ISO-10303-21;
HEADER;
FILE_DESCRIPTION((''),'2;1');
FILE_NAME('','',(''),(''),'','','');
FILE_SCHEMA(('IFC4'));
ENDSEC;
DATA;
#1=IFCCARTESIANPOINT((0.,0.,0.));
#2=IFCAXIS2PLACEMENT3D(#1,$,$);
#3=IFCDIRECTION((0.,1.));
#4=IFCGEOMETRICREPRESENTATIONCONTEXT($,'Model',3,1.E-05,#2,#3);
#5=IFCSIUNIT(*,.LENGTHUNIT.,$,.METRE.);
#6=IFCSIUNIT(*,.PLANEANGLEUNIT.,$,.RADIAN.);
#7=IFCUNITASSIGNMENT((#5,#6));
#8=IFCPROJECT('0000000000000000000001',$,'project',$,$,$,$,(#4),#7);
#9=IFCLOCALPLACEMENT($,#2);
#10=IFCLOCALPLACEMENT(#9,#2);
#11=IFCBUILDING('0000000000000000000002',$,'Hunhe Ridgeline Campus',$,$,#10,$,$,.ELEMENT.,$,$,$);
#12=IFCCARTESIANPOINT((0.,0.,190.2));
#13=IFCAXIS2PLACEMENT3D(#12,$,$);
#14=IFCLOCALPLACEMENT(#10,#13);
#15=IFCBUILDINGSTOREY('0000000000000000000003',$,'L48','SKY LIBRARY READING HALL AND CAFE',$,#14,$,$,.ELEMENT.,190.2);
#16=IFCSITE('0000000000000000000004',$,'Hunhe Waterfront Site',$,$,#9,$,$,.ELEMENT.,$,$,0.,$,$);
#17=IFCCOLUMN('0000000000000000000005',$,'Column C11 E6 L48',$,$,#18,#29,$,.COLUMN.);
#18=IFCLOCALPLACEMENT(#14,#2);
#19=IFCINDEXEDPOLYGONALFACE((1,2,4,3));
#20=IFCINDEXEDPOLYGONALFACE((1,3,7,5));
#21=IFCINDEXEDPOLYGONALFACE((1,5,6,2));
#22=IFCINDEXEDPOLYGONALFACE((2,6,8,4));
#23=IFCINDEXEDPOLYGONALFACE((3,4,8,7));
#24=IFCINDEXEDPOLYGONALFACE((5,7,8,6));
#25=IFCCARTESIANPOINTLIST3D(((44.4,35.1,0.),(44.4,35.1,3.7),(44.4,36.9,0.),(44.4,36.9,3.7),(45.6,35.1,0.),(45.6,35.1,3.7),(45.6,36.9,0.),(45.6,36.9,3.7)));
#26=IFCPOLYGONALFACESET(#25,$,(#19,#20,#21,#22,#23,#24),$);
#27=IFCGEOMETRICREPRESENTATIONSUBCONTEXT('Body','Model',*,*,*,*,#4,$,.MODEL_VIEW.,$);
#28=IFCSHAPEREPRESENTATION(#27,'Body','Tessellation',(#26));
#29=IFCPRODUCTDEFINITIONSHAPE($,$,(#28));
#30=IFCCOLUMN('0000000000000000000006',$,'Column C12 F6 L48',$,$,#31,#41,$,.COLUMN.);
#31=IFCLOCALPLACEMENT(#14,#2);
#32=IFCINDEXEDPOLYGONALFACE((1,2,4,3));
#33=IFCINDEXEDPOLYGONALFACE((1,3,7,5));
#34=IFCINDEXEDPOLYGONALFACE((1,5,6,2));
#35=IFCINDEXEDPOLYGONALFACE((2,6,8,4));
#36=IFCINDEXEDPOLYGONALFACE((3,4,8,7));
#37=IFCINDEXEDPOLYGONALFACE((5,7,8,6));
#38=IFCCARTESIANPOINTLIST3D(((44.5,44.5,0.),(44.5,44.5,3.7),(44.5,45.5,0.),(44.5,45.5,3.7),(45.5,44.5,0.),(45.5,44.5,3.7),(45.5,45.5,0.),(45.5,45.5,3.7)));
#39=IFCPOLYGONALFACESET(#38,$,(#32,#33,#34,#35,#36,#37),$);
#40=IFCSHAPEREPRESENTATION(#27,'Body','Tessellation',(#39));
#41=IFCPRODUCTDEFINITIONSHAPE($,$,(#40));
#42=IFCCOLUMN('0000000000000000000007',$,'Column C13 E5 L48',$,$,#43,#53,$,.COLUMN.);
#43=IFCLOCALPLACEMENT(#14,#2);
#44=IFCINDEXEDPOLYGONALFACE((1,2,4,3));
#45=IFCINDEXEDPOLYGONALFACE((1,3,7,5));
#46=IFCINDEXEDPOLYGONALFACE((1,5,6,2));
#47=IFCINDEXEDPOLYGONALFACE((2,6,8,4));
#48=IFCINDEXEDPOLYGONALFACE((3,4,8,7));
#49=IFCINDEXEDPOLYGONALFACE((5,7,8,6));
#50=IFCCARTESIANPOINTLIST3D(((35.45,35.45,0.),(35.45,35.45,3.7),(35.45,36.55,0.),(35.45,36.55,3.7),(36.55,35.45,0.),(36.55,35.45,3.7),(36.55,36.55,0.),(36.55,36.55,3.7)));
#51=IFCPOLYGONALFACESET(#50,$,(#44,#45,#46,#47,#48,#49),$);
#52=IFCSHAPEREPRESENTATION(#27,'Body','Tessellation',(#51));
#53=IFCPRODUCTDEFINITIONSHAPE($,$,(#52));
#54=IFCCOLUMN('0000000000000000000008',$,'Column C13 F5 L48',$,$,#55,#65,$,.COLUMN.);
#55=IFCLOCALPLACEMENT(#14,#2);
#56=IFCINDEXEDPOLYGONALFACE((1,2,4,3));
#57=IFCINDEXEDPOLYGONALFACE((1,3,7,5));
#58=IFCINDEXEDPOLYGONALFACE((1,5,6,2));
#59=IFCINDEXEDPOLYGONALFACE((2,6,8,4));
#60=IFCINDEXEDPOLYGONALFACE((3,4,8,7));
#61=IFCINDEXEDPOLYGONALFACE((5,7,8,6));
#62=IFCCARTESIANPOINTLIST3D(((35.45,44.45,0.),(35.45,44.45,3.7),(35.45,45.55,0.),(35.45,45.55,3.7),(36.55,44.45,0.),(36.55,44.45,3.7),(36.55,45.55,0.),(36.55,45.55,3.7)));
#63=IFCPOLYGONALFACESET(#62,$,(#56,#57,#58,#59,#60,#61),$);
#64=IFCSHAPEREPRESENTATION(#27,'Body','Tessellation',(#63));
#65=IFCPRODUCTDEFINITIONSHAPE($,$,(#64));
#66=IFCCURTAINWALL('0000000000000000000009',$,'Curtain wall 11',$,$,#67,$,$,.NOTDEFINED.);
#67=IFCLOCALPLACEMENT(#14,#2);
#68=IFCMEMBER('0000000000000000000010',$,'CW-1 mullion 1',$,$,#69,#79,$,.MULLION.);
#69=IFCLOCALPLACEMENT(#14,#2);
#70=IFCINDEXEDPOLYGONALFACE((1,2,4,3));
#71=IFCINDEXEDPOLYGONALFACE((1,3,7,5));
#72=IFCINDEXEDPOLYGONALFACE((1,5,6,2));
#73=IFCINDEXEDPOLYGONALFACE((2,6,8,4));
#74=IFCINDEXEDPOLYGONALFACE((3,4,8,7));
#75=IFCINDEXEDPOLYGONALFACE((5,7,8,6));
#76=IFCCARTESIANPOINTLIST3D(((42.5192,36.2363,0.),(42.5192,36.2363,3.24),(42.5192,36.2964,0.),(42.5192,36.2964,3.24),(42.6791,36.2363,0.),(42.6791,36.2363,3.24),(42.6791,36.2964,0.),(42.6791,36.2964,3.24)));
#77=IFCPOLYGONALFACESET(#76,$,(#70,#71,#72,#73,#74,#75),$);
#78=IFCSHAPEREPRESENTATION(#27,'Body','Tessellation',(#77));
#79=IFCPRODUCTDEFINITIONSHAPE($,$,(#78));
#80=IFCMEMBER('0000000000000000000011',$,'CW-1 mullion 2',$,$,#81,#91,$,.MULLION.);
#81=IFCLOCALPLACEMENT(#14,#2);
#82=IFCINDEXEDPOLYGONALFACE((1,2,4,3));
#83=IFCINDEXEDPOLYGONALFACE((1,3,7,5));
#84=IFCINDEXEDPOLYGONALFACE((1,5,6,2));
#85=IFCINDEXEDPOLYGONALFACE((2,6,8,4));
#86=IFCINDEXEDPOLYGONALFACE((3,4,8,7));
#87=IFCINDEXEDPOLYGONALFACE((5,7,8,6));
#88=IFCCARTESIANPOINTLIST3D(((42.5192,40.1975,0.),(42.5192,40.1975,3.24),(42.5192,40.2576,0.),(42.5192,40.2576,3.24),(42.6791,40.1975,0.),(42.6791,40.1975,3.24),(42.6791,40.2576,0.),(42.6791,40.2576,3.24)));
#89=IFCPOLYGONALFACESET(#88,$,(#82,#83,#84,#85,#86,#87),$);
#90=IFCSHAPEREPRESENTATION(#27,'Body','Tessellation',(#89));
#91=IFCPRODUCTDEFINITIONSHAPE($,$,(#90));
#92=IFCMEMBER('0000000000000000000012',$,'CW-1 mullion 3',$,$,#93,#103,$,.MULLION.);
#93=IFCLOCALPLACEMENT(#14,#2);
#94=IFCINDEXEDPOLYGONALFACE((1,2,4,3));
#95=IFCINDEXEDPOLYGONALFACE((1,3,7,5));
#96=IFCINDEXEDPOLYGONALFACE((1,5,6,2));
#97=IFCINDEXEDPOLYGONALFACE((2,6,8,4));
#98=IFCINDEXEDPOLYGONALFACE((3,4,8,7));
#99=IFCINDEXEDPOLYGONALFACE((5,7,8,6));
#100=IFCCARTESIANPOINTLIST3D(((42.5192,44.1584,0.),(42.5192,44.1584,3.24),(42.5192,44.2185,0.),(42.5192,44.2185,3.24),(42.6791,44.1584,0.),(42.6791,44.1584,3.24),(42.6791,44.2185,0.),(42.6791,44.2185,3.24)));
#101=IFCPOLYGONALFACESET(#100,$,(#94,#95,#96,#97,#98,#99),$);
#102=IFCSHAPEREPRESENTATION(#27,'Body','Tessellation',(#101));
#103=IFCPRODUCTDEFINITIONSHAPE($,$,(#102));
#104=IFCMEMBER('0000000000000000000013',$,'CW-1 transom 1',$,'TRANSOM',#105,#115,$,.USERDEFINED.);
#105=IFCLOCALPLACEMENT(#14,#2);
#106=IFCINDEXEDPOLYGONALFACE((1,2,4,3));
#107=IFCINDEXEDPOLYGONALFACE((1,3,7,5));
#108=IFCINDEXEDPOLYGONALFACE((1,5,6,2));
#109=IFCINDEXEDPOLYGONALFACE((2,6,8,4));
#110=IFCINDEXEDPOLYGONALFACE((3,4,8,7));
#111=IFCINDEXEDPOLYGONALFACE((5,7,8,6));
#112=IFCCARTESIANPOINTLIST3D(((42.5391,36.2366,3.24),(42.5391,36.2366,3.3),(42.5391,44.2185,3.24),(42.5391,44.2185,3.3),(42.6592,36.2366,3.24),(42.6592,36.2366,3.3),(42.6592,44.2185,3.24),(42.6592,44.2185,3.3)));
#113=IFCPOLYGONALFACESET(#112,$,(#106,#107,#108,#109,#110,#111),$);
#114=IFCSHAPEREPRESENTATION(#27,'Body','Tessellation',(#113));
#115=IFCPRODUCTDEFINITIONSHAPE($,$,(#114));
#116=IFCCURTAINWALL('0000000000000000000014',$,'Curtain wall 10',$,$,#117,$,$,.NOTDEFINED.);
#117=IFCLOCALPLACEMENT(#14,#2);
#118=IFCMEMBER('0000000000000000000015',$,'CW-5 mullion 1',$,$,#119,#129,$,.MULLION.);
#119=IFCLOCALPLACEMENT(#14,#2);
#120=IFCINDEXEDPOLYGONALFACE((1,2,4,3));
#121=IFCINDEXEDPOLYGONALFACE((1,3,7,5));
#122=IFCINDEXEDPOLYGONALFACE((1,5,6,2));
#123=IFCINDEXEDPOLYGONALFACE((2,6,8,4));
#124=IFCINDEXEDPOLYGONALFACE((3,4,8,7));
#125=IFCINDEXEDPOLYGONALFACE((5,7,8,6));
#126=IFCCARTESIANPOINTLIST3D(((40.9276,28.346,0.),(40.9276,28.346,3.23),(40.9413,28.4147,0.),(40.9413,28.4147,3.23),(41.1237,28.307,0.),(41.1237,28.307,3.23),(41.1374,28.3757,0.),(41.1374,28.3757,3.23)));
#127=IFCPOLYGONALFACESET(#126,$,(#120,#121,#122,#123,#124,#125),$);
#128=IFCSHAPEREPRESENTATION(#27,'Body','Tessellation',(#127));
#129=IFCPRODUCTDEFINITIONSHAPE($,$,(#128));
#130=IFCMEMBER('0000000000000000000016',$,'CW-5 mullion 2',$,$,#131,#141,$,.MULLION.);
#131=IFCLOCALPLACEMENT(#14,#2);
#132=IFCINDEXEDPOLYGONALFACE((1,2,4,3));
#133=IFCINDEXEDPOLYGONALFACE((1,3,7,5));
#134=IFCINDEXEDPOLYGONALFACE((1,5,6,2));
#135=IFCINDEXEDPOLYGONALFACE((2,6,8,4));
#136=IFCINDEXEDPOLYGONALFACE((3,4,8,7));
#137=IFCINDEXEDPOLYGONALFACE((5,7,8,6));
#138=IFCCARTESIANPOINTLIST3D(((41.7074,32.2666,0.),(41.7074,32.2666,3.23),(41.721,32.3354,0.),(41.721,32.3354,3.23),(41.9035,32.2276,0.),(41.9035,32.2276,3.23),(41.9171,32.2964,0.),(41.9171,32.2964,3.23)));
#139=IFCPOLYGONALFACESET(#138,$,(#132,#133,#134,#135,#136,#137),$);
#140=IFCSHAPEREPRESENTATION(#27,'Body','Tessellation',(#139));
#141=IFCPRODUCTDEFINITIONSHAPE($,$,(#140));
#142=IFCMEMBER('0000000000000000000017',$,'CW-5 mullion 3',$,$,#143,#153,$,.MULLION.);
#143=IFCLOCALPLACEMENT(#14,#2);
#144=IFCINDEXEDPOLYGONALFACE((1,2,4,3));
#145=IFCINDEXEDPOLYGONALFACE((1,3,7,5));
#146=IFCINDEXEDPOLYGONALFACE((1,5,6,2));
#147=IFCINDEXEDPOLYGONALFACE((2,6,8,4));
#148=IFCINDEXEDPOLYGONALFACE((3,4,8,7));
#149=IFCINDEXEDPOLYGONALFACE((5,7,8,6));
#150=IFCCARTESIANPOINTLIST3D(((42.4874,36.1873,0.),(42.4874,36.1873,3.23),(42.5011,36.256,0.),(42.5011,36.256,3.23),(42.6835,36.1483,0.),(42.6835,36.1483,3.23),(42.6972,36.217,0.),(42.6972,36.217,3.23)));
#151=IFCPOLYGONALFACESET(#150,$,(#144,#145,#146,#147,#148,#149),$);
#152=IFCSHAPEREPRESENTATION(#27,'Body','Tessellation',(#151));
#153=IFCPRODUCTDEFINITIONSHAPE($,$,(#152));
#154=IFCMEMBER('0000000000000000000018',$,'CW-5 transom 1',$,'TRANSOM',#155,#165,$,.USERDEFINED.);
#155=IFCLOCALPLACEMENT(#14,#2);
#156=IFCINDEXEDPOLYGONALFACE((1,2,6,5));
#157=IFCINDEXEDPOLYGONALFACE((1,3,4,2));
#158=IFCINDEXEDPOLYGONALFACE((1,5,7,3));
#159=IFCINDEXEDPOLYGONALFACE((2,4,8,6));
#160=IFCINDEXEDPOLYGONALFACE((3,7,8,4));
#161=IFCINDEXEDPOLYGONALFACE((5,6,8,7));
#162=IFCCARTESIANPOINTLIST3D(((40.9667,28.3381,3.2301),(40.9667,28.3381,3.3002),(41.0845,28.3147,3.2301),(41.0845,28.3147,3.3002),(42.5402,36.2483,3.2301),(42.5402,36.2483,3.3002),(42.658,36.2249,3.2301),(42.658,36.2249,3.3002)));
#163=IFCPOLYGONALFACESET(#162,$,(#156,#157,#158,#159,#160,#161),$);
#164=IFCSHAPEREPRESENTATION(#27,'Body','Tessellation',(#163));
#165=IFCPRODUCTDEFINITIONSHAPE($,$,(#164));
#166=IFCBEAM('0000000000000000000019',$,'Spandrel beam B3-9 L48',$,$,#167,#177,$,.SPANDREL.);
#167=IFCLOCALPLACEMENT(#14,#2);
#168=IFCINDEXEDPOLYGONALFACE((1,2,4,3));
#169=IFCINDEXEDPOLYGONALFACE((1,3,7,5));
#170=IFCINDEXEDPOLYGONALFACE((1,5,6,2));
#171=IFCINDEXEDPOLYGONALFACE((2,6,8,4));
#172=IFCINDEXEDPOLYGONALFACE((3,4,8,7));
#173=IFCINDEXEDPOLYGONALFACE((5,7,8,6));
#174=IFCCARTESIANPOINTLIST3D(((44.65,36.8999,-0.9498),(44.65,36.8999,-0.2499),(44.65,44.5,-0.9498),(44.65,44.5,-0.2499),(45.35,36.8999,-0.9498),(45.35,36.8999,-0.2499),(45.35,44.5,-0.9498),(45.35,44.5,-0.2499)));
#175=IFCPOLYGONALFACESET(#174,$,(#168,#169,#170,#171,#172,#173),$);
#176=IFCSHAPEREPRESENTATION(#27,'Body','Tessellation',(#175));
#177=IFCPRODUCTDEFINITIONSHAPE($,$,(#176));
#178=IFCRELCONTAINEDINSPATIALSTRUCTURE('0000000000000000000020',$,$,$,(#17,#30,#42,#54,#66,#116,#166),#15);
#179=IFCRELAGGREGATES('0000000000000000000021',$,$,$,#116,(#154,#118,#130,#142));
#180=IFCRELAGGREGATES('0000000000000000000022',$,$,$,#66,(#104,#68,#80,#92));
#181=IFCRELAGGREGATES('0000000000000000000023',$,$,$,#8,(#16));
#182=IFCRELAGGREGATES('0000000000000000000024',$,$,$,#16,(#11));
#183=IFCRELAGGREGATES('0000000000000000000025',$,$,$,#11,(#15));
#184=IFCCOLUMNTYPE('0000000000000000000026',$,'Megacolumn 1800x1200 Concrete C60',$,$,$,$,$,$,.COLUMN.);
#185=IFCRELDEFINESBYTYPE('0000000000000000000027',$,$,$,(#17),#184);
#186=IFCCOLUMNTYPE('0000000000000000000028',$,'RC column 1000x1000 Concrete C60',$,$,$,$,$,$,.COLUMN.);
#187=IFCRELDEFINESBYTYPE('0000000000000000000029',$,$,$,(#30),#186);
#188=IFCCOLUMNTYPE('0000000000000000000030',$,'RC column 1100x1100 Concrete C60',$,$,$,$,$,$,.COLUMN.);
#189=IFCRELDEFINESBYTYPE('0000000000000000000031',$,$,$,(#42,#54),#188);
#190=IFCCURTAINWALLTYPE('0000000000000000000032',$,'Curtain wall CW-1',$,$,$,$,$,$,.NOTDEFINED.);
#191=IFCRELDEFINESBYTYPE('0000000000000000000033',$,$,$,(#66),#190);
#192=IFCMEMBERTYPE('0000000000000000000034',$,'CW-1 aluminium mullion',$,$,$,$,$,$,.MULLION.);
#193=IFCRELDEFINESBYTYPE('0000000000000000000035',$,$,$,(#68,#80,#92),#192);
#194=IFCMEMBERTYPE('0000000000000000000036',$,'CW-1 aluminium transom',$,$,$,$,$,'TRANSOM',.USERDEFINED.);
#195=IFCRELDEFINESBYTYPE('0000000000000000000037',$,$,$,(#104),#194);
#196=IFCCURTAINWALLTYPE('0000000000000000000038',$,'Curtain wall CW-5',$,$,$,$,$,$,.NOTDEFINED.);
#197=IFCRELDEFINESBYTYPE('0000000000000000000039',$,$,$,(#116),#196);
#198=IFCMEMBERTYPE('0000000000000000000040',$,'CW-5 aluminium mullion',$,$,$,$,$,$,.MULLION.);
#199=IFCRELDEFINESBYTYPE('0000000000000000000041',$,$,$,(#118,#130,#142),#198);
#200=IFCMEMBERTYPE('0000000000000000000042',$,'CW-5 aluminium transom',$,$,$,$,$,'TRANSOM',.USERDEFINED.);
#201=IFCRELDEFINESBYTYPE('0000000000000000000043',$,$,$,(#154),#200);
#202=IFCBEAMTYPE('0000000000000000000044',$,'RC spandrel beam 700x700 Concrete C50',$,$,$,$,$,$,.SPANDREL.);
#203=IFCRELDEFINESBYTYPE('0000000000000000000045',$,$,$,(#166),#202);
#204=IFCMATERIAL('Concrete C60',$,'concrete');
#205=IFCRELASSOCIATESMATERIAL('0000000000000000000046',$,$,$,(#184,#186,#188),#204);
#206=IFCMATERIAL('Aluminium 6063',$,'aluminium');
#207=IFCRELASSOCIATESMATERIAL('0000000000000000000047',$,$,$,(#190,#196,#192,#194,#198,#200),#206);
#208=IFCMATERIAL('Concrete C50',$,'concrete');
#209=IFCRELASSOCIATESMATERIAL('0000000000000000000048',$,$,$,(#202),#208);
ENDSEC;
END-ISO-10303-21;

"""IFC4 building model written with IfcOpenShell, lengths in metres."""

from ifc_helpers import new_model, si_unit, direction, frame, origin, origin_2d, place, context, subcontext, project, spatial, rectangle, extrude, material, material_profile, profile_set, type_object, element, aggregate, save


model = new_model("IFC4")

# Units and contexts
model_context = context("Model", 3, precision=1e-05, world=origin(), true_north=direction((0.0, 1.0)))
body_context = subcontext(model_context, "Body", "Model", "MODEL_VIEW")
ifc_project = project(units=[si_unit("LENGTHUNIT", "METRE"), si_unit("PLANEANGLEUNIT", "RADIAN")], contexts=[model_context])

# Site, building, storey
site_placement = place(None, origin())
site = spatial("IfcSite", under=ifc_project, at=site_placement, Name="Hunhe Waterfront Site", CompositionType="ELEMENT", RefElevation=0.0)
building_placement = place(site_placement, origin())
building = spatial("IfcBuilding", under=site, at=building_placement, Name="Hunhe Ridgeline Campus", CompositionType="ELEMENT")
storey_placement = place(building_placement, frame((0.0, 0.0, 190.2)))
storey = spatial("IfcBuildingStorey", under=building, at=storey_placement, Name="L48", Description="SKY LIBRARY READING HALL AND CAFE", CompositionType="ELEMENT", Elevation=190.2)

# Columns
ifc_material_1 = material(Name="Concrete C60", Category="concrete")
ifc_material_profile_1 = material_profile(ifc_material_1, rectangle(XDim=1.8, YDim=1.2, at=origin_2d()))
ifc_profile_set_1 = profile_set([ifc_material_profile_1], Name="Concrete C60")
column_type_1 = type_object("IfcColumnType", Name="Megacolumn 1800x1200 Concrete C60", PredefinedType="COLUMN", material=ifc_profile_set_1)
column_1_placement = place(storey_placement, frame((45.0, 36.0, 0.0), z_axis=(0.0, 0.0, 1.0), x_axis=(0.0, 1.0, 0.0)))
element("IfcColumn", 1, at=column_1_placement, inside=storey, type_object=column_type_1, Name="Column C11 E6 L48", PredefinedType="COLUMN", context=body_context, shape_type="SweptSolid", body=[
    extrude(rectangle(XDim=1.8, YDim=1.2, at=origin_2d()), origin(), (0.0, 0.0, 1.0), 3.7),
])
ifc_material_profile_2 = material_profile(ifc_material_1, rectangle(XDim=1.0, YDim=1.0, at=origin_2d()))
ifc_profile_set_2 = profile_set([ifc_material_profile_2], Name="Concrete C60")
column_type_2 = type_object("IfcColumnType", Name="RC column 1000x1000 Concrete C60", PredefinedType="COLUMN", material=ifc_profile_set_2)
column_2_placement = place(storey_placement, frame((45.0, 45.0, 0.0), z_axis=(0.0, 0.0, 1.0), x_axis=(1.0, 0.0, 0.0)))
element("IfcColumn", 2, at=column_2_placement, inside=storey, type_object=column_type_2, Name="Column C12 F6 L48", PredefinedType="COLUMN", context=body_context, shape_type="SweptSolid", body=[
    extrude(rectangle(XDim=1.0, YDim=1.0, at=origin_2d()), origin(), (0.0, 0.0, 1.0), 3.7),
])
ifc_material_profile_3 = material_profile(ifc_material_1, rectangle(XDim=1.1001, YDim=1.1001, at=origin_2d()))
ifc_profile_set_3 = profile_set([ifc_material_profile_3], Name="Concrete C60")
column_type_3 = type_object("IfcColumnType", Name="RC column 1100x1100 Concrete C60", PredefinedType="COLUMN", material=ifc_profile_set_3)
for number, where, z_axis, x_axis, name in (
    (3, (36.0, 36.0, 0.0), (0.0, 0.0, 1.0), (1.0, 0.0, 0.0), "Column C13 E5 L48"),
    (4, (36.0, 45.0, 0.0), (0.0, 0.0, 1.0), (1.0, 0.0, 0.0), "Column C13 F5 L48"),
):
    element("IfcColumn", number, at=place(storey_placement, frame(where, z_axis=z_axis, x_axis=x_axis)), inside=storey, type_object=column_type_3, Name=name, PredefinedType="COLUMN", context=body_context, shape_type="SweptSolid", body=[
        extrude(rectangle(XDim=1.1001, YDim=1.1001, at=origin_2d()), origin(), (0.0, 0.0, 1.0), 3.7),
    ])

# Curtain walls, members
ifc_material_2 = material(Name="Aluminium 6063", Category="aluminium")
curtain_wall_type_1 = type_object("IfcCurtainWallType", Name="Curtain wall CW-1", PredefinedType="NOTDEFINED", material=ifc_material_2)
curtain_wall_1_placement = place(storey_placement, origin())
curtain_wall_1 = element("IfcCurtainWall", 5, at=curtain_wall_1_placement, inside=storey, type_object=curtain_wall_type_1, Name="Curtain wall 11", PredefinedType="NOTDEFINED")
ifc_material_profile_4 = material_profile(ifc_material_2, rectangle(XDim=0.1599, YDim=0.0601, at=origin_2d()))
ifc_profile_set_4 = profile_set([ifc_material_profile_4], Name="Aluminium 6063")
member_type_1 = type_object("IfcMemberType", Name="CW-1 aluminium mullion", PredefinedType="MULLION", material=ifc_profile_set_4)
member_1_placement = place(storey_placement, frame((42.5991, 36.2664, 0.0), z_axis=(0.0, 0.0, 1.0), x_axis=(-1.0, 0.000007, 0.0)))
member_1 = element("IfcMember", 6, at=member_1_placement, type_object=member_type_1, Name="CW-1 mullion 1", PredefinedType="MULLION", context=body_context, shape_type="SweptSolid", body=[
    extrude(rectangle(XDim=0.1599, YDim=0.0601, at=origin_2d()), origin(), (0.0, 0.0, 1.0), 3.24),
])
member_2_placement = place(storey_placement, frame((42.5991, 40.2275, 0.0), z_axis=(0.0, 0.0, 1.0), x_axis=(-1.0, 0.000007, 0.0)))
member_2 = element("IfcMember", 7, at=member_2_placement, type_object=member_type_1, Name="CW-1 mullion 2", PredefinedType="MULLION", context=body_context, shape_type="SweptSolid", body=[
    extrude(rectangle(XDim=0.1599, YDim=0.0601, at=origin_2d()), origin(), (0.0, 0.0, 1.0), 3.24),
])
member_3_placement = place(storey_placement, frame((42.5991, 44.1885, 0.0), z_axis=(0.0, 0.0, 1.0), x_axis=(-1.0, 0.000007, 0.0)))
member_3 = element("IfcMember", 8, at=member_3_placement, type_object=member_type_1, Name="CW-1 mullion 3", PredefinedType="MULLION", context=body_context, shape_type="SweptSolid", body=[
    extrude(rectangle(XDim=0.1599, YDim=0.0601, at=origin_2d()), origin(), (0.0, 0.0, 1.0), 3.24),
])
ifc_material_profile_5 = material_profile(ifc_material_2, rectangle(XDim=0.1201, YDim=0.0601, at=origin_2d()))
ifc_profile_set_5 = profile_set([ifc_material_profile_5], Name="Aluminium 6063")
member_type_2 = type_object("IfcMemberType", Name="CW-1 aluminium transom", ElementType="TRANSOM", PredefinedType="USERDEFINED", material=ifc_profile_set_5)
member_4_placement = place(storey_placement, frame((42.5991, 36.2366, 3.27), z_axis=(0.0, 1.0, 0.0), x_axis=(-1.0, 0.0, 0.0)))
member_4 = element("IfcMember", 9, at=member_4_placement, type_object=member_type_2, Name="CW-1 transom 1", ObjectType="TRANSOM", PredefinedType="USERDEFINED", context=body_context, shape_type="SweptSolid", body=[
    extrude(rectangle(XDim=0.1201, YDim=0.0601, at=origin_2d()), origin(), (0.0, 0.0, 1.0), 7.9819),
])
curtain_wall_type_2 = type_object("IfcCurtainWallType", Name="Curtain wall CW-5", PredefinedType="NOTDEFINED", material=ifc_material_2)
curtain_wall_2_placement = place(storey_placement, origin())
curtain_wall_2 = element("IfcCurtainWall", 10, at=curtain_wall_2_placement, inside=storey, type_object=curtain_wall_type_2, Name="Curtain wall 10", PredefinedType="NOTDEFINED")
ifc_material_profile_6 = material_profile(ifc_material_2, rectangle(XDim=0.2, YDim=0.0701, at=origin_2d()))
ifc_profile_set_6 = profile_set([ifc_material_profile_6], Name="Aluminium 6063")
member_type_3 = type_object("IfcMemberType", Name="CW-5 aluminium mullion", PredefinedType="MULLION", material=ifc_profile_set_6)
member_5_placement = place(storey_placement, frame((41.0325, 28.3608, 0.0), z_axis=(0.0, 0.0, 1.0), x_axis=(-0.980785, 0.19509, 0.0)))
member_5 = element("IfcMember", 11, at=member_5_placement, type_object=member_type_3, Name="CW-5 mullion 1", PredefinedType="MULLION", context=body_context, shape_type="SweptSolid", body=[
    extrude(rectangle(XDim=0.2, YDim=0.0701, at=origin_2d()), origin(), (0.0, 0.0, 1.0), 3.23),
])
member_6_placement = place(storey_placement, frame((41.8123, 32.2815, 0.0), z_axis=(0.0, 0.0, 1.0), x_axis=(-0.980785, 0.19509, 0.0)))
member_6 = element("IfcMember", 12, at=member_6_placement, type_object=member_type_3, Name="CW-5 mullion 2", PredefinedType="MULLION", context=body_context, shape_type="SweptSolid", body=[
    extrude(rectangle(XDim=0.2, YDim=0.0701, at=origin_2d()), origin(), (0.0, 0.0, 1.0), 3.23),
])
member_7_placement = place(storey_placement, frame((42.5923, 36.2021, 0.0), z_axis=(0.0, 0.0, 1.0), x_axis=(-0.980785, 0.19509, 0.0)))
member_7 = element("IfcMember", 13, at=member_7_placement, type_object=member_type_3, Name="CW-5 mullion 3", PredefinedType="MULLION", context=body_context, shape_type="SweptSolid", body=[
    extrude(rectangle(XDim=0.2, YDim=0.0701, at=origin_2d()), origin(), (0.0, 0.0, 1.0), 3.23),
])
ifc_material_profile_7 = material_profile(ifc_material_2, rectangle(XDim=0.1201, YDim=0.0701, at=origin_2d()))
ifc_profile_set_7 = profile_set([ifc_material_profile_7], Name="Aluminium 6063")
member_type_4 = type_object("IfcMemberType", Name="CW-5 aluminium transom", ElementType="TRANSOM", PredefinedType="USERDEFINED", material=ifc_profile_set_7)
member_8_placement = place(storey_placement, frame((41.0256, 28.3264, 3.2651), z_axis=(0.195097, 0.980784, 0.0), x_axis=(-0.980784, 0.195097, 0.0)))
member_8 = element("IfcMember", 14, at=member_8_placement, type_object=member_type_4, Name="CW-5 transom 1", ObjectType="TRANSOM", PredefinedType="USERDEFINED", context=body_context, shape_type="SweptSolid", body=[
    extrude(rectangle(XDim=0.1201, YDim=0.0701, at=origin_2d()), origin(), (0.0, 0.0, 1.0), 8.0652),
])

# Beam
ifc_material_3 = material(Name="Concrete C50", Category="concrete")
ifc_material_profile_8 = material_profile(ifc_material_3, rectangle(XDim=0.7, YDim=0.7, at=origin_2d()))
ifc_profile_set_8 = profile_set([ifc_material_profile_8], Name="Concrete C50")
beam_type = type_object("IfcBeamType", Name="RC spandrel beam 700x700 Concrete C50", PredefinedType="SPANDREL", material=ifc_profile_set_8)
beam_placement = place(storey_placement, frame((45.0, 36.8999, -0.5999), z_axis=(0.0, 1.0, 0.0), x_axis=(-1.0, 0.0, 0.0)))
element("IfcBeam", 15, at=beam_placement, inside=storey, type_object=beam_type, Name="Spandrel beam B3-9 L48", PredefinedType="SPANDREL", context=body_context, shape_type="SweptSolid", body=[
    extrude(rectangle(XDim=0.7, YDim=0.7, at=origin_2d()), origin(), (0.0, 0.0, 1.0), 7.6001),
])

aggregate(curtain_wall_2, [member_8, member_5, member_6, member_7])
aggregate(curtain_wall_1, [member_4, member_1, member_2, member_3])

save(model, "model.ifc")
